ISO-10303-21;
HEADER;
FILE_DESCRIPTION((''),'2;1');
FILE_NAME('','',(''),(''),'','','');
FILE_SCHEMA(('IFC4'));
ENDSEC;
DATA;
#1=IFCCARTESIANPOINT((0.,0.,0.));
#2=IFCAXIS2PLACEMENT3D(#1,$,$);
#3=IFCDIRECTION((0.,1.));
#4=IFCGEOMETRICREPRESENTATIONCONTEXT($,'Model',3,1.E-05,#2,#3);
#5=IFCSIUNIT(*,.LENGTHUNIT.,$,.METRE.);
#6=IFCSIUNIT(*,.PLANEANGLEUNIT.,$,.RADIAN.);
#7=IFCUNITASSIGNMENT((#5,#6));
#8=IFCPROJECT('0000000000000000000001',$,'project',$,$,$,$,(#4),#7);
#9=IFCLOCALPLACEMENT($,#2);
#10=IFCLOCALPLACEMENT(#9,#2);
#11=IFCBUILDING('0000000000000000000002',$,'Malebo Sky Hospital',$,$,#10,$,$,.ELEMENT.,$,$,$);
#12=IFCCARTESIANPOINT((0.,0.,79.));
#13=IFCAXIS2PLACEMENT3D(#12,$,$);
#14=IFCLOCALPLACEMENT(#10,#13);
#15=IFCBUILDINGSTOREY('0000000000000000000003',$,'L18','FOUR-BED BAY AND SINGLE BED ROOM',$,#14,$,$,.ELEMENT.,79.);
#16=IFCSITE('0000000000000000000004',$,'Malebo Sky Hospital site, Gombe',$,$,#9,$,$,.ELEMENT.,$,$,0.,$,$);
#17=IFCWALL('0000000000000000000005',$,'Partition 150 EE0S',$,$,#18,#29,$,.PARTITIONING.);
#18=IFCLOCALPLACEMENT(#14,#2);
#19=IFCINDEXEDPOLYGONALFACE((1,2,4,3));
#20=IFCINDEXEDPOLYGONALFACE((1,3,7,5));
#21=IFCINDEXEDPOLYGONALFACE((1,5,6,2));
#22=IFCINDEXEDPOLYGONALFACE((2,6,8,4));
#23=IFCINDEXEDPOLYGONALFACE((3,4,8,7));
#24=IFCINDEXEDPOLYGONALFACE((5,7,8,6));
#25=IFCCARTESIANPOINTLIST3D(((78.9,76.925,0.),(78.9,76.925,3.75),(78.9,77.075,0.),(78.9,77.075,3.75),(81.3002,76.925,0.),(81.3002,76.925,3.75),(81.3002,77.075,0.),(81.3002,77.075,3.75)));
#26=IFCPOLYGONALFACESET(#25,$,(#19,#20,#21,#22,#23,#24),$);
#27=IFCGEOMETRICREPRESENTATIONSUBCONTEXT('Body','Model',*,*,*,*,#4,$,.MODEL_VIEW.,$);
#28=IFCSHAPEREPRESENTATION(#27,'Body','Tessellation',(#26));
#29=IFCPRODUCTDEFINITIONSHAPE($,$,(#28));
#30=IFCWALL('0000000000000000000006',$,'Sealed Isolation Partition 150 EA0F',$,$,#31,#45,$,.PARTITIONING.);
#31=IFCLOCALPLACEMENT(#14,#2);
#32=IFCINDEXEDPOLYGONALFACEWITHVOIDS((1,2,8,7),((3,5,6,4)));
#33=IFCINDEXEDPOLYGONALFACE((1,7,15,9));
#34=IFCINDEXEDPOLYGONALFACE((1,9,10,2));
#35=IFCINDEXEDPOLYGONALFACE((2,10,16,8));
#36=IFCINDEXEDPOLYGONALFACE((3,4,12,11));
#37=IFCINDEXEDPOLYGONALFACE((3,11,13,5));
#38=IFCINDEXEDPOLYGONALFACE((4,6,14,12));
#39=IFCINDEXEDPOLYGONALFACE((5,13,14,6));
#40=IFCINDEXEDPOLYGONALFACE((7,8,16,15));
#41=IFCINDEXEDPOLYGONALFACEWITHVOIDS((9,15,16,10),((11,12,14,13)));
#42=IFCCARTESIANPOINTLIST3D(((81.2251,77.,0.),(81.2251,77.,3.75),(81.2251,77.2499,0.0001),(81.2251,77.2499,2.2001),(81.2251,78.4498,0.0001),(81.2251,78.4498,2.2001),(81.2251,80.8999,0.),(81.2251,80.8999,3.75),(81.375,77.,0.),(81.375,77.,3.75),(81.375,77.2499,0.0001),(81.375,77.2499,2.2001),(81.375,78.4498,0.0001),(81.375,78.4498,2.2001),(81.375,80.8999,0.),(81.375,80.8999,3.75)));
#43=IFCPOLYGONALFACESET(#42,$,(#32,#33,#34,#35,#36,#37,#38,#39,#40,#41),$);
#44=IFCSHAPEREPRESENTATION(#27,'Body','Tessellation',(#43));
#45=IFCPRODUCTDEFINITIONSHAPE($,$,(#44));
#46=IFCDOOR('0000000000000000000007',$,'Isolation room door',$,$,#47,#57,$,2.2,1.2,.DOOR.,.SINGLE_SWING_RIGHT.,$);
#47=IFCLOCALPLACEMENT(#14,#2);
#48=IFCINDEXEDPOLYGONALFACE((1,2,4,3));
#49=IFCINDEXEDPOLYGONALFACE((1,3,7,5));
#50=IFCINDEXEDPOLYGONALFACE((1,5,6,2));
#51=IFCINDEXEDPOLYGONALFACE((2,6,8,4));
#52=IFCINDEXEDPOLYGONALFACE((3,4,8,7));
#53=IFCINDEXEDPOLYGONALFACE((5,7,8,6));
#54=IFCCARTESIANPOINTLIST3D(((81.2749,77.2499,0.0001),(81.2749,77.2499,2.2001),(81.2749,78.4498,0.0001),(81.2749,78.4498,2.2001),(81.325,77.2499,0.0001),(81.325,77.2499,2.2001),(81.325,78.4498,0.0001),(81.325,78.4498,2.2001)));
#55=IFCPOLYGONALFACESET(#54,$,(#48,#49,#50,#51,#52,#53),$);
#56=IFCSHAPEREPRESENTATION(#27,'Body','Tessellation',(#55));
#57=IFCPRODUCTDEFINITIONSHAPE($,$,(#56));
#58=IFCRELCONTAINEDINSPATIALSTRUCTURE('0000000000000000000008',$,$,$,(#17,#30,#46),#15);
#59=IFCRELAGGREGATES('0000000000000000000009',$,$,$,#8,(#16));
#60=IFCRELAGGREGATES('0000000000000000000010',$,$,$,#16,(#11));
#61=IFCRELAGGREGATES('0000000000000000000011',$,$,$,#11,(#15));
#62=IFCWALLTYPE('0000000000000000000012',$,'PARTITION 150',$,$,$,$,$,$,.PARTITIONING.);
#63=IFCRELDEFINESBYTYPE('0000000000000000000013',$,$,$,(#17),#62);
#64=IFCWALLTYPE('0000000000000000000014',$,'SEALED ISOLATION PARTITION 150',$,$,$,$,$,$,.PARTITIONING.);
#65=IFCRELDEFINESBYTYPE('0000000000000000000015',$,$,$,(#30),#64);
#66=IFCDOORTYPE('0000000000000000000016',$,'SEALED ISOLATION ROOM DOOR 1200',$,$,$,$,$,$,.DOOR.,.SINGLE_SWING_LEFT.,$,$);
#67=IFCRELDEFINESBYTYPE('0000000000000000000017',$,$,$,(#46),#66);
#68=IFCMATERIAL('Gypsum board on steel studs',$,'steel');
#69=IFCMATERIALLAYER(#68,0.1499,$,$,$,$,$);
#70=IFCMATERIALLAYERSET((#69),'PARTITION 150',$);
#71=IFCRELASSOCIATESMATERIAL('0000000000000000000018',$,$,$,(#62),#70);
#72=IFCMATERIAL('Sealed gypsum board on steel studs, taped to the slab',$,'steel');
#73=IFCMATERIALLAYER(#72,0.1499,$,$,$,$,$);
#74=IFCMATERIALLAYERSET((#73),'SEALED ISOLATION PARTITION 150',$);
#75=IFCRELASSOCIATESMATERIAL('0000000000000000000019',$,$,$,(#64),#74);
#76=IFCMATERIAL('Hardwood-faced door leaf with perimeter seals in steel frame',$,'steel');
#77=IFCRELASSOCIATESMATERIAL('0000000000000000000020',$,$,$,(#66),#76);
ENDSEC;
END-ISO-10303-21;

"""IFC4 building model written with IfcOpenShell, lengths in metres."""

from ifc_helpers import new_model, si_unit, direction, frame, frame_2d, origin, place, context, subcontext, project, spatial, rectangle, extrude, material, layer, layer_set, type_object, element, fill, save


model = new_model("IFC4")

# Units and contexts
model_context = context("Model", 3, precision=1e-05, world=origin(), true_north=direction((0.0, 1.0)))
body_context = subcontext(model_context, "Body", "Model", "MODEL_VIEW")
ifc_project = project(units=[si_unit("LENGTHUNIT", "METRE"), si_unit("PLANEANGLEUNIT", "RADIAN")], contexts=[model_context])

# Site, building, storey
site_placement = place(None, origin())
site = spatial("IfcSite", under=ifc_project, at=site_placement, Name="Malebo Sky Hospital site, Gombe", CompositionType="ELEMENT", RefElevation=0.0)
building_placement = place(site_placement, origin())
building = spatial("IfcBuilding", under=site, at=building_placement, Name="Malebo Sky Hospital", CompositionType="ELEMENT")
storey_placement = place(building_placement, frame((0.0, 0.0, 79.0)))
storey = spatial("IfcBuildingStorey", under=building, at=storey_placement, Name="L18", Description="FOUR-BED BAY AND SINGLE BED ROOM", CompositionType="ELEMENT", Elevation=79.0)

# Shared definitions
ifc_material_1 = material(Name="Gypsum board on steel studs", Category="steel")

# Shared definitions
ifc_layer_1 = layer(ifc_material_1, 0.1499)
ifc_layer_set_1 = layer_set([ifc_layer_1], Name="PARTITION 150")
wall_type_1 = type_object("IfcWallType", Name="PARTITION 150", PredefinedType="PARTITIONING", material=ifc_layer_set_1)

# Wall
wall_1_placement = place(storey_placement, frame((78.8999, 77.0, 0.0), z_axis=(0.0, 0.0, 1.0), x_axis=(1.0, 0.0, 0.0)))
element("IfcWall", 1, at=wall_1_placement, inside=storey, type_object=wall_type_1, Name="Partition 150 EE0S", PredefinedType="PARTITIONING", context=body_context, shape_type="SweptSolid", body=[
    extrude(rectangle(XDim=2.4001, YDim=0.1499, at=frame_2d((1.2002, 0.0))), origin(), (0.0, 0.0, 1.0), 3.75),
])

# Wall, opening, door
ifc_material_2 = material(Name="Sealed gypsum board on steel studs, taped to the slab", Category="steel")
ifc_layer_2 = layer(ifc_material_2, 0.1499)
ifc_layer_set_2 = layer_set([ifc_layer_2], Name="SEALED ISOLATION PARTITION 150")
wall_type_2 = type_object("IfcWallType", Name="SEALED ISOLATION PARTITION 150", PredefinedType="PARTITIONING", material=ifc_layer_set_2)
wall_2_placement = place(storey_placement, frame((81.3, 80.8999, 0.0), z_axis=(0.0, 0.0, 1.0), x_axis=(0.0, -1.0, 0.0)))
wall_2 = element("IfcWall", 2, at=wall_2_placement, inside=storey, type_object=wall_type_2, Name="Sealed Isolation Partition 150 EA0F", PredefinedType="PARTITIONING", context=body_context, shape_type="SweptSolid", body=[
    extrude(rectangle(XDim=3.8999, YDim=0.1499, at=frame_2d((1.95, 0.0))), origin(), (0.0, 0.0, 1.0), 3.75),
])
opening_1_placement = place(wall_2_placement, frame((2.45, 0.0, 0.0)))
opening_1 = element("IfcOpeningElement", 3, at=opening_1_placement, cuts=wall_2, PredefinedType="OPENING", context=body_context, shape_type="SweptSolid", body=[
    extrude(rectangle(XDim=1.2, YDim=2.2, at=frame_2d((0.6001, 1.1001))), frame((0.0, 0.085, 0.0), z_axis=(0.0, -1.0, 0.0), x_axis=(1.0, 0.0, 0.0)), (0.0, 0.0, 1.0), 0.1699),
])
ifc_material_3 = material(Name="Hardwood-faced door leaf with perimeter seals in steel frame", Category="steel")
door_type_1 = type_object("IfcDoorType", Name="SEALED ISOLATION ROOM DOOR 1200", OperationType="SINGLE_SWING_LEFT", PredefinedType="DOOR", material=ifc_material_3)
door_1_placement = place(opening_1_placement, origin())
door_1 = element("IfcDoor", 4, at=door_1_placement, inside=storey, type_object=door_type_1, Name="Isolation room door", OperationType="SINGLE_SWING_RIGHT", OverallHeight=2.2, OverallWidth=1.2, PredefinedType="DOOR", context=body_context, shape_type="SweptSolid", body=[
    extrude(rectangle(XDim=1.2, YDim=2.2, at=frame_2d((0.6001, 1.1001))), frame((0.0, 0.0249, 0.0), z_axis=(0.0, -1.0, 0.0), x_axis=(1.0, 0.0, 0.0)), (0.0, 0.0, 1.0), 0.05),
])
fill(opening_1, door_1)

save(model, "model.ifc")
